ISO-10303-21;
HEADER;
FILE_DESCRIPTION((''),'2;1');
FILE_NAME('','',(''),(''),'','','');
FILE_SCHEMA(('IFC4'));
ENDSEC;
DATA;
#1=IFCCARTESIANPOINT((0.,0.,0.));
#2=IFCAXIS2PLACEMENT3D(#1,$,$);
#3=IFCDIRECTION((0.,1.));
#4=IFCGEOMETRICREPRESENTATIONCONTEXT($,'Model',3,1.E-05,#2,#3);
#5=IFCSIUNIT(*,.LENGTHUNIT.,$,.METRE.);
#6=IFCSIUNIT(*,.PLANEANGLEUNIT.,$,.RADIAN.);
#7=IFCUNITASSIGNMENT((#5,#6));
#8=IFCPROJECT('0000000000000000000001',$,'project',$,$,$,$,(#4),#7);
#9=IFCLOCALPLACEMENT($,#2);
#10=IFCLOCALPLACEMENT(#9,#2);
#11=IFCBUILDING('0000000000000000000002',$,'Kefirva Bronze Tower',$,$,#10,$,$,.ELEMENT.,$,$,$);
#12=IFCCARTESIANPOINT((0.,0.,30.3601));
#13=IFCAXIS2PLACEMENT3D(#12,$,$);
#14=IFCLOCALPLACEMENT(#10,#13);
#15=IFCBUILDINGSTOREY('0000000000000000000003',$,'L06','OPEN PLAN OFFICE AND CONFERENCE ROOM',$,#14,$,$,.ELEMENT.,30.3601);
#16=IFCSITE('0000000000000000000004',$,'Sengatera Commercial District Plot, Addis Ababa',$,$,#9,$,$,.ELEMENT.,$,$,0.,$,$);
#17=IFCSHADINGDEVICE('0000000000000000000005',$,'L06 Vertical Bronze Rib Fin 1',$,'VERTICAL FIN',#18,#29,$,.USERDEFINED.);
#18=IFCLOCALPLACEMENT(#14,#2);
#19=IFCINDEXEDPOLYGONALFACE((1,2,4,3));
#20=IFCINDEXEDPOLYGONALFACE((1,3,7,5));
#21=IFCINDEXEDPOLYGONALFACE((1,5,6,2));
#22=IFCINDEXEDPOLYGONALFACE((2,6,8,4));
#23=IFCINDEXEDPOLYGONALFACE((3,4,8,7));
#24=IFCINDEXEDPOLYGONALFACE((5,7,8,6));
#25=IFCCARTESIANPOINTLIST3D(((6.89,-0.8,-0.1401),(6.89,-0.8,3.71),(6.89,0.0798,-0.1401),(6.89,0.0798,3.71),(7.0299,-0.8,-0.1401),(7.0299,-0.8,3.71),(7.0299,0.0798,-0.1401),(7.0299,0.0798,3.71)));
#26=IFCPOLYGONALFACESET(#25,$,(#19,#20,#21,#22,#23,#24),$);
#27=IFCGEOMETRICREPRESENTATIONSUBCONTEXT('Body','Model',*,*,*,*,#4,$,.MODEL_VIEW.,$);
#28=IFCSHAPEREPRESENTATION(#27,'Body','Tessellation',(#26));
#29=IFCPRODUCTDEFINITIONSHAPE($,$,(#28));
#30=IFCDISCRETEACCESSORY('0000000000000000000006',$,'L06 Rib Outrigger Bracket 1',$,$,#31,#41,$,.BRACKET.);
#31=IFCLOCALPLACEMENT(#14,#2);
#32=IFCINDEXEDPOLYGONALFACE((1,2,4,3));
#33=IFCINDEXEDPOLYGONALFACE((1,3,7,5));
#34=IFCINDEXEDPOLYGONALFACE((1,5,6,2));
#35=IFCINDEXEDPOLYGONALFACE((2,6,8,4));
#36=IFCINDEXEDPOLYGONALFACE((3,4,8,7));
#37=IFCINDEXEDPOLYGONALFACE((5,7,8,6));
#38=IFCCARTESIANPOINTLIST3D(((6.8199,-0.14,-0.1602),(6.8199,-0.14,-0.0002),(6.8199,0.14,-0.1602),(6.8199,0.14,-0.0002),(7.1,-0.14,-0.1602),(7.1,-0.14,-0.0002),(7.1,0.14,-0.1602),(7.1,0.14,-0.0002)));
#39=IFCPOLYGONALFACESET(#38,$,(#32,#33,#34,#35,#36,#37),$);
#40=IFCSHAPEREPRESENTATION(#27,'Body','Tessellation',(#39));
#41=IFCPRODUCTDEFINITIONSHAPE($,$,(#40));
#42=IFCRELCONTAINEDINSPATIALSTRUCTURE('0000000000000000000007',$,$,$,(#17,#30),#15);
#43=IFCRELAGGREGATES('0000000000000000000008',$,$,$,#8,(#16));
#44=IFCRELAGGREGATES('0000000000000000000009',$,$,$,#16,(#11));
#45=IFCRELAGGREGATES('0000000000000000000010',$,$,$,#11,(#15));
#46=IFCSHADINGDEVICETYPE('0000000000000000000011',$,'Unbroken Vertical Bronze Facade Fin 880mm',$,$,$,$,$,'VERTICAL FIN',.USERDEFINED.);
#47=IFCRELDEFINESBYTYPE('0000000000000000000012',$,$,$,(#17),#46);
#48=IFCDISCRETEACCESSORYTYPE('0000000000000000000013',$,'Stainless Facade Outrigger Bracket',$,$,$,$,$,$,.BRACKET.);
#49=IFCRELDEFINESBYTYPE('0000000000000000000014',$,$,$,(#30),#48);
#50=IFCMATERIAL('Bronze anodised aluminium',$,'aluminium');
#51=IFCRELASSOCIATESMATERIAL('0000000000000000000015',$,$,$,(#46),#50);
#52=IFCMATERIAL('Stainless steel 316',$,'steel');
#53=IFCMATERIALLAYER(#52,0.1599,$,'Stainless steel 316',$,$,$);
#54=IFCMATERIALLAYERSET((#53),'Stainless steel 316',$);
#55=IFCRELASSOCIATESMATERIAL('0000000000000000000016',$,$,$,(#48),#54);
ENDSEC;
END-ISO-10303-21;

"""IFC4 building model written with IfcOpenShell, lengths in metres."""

from ifc_helpers import new_model, si_unit, direction, frame, origin, origin_2d, place, context, subcontext, project, spatial, rectangle, extrude, material, layer, layer_set, material_profile, profile_set, type_object, element, save


model = new_model("IFC4")

# Units and contexts
model_context = context("Model", 3, precision=1e-05, world=origin(), true_north=direction((0.0, 1.0)))
body_context = subcontext(model_context, "Body", "Model", "MODEL_VIEW")
ifc_project = project(units=[si_unit("LENGTHUNIT", "METRE"), si_unit("PLANEANGLEUNIT", "RADIAN")], contexts=[model_context])

# Site, building, storey
site_placement = place(None, origin())
site = spatial("IfcSite", under=ifc_project, at=site_placement, Name="Sengatera Commercial District Plot, Addis Ababa", CompositionType="ELEMENT", RefElevation=0.0)
building_placement = place(site_placement, origin())
building = spatial("IfcBuilding", under=site, at=building_placement, Name="Kefirva Bronze Tower", CompositionType="ELEMENT")
storey_placement = place(building_placement, frame((0.0, 0.0, 30.3601)))
storey = spatial("IfcBuildingStorey", under=building, at=storey_placement, Name="L06", Description="OPEN PLAN OFFICE AND CONFERENCE ROOM", CompositionType="ELEMENT", Elevation=30.3601)

# Shared definitions
ifc_material_1 = material(Name="Bronze anodised aluminium", Category="aluminium")

# Shading device
ifc_material_profile_1 = material_profile(ifc_material_1, rectangle(XDim=0.1399, YDim=0.8799, at=origin_2d()), Name="BRONZE FIN 140x880")
ifc_profile_set_1 = profile_set([ifc_material_profile_1], Name="Bronze anodised aluminium")
shading_device_type_1 = type_object("IfcShadingDeviceType", Name="Unbroken Vertical Bronze Facade Fin 880mm", ElementType="VERTICAL FIN", PredefinedType="USERDEFINED", material=ifc_profile_set_1)
shading_device_1_placement = place(storey_placement, frame((6.96, -0.3601, -0.1401), z_axis=(0.0, 0.0, 1.0), x_axis=(1.0, 0.0, 0.0)))
element("IfcShadingDevice", 1, at=shading_device_1_placement, inside=storey, type_object=shading_device_type_1, Name="L06 Vertical Bronze Rib Fin 1", ObjectType="VERTICAL FIN", PredefinedType="USERDEFINED", context=body_context, shape_type="SweptSolid", body=[
    extrude(rectangle(XDim=0.1399, YDim=0.8799, at=origin_2d()), origin(), (0.0, 0.0, 1.0), 3.8501),
])

# Discrete accessory
ifc_material_2 = material(Name="Stainless steel 316", Category="steel")
ifc_layer_1 = layer(ifc_material_2, 0.1599, Name="Stainless steel 316")
ifc_layer_set_1 = layer_set([ifc_layer_1], Name="Stainless steel 316")
discrete_accessory_type = type_object("IfcDiscreteAccessoryType", Name="Stainless Facade Outrigger Bracket", PredefinedType="BRACKET", material=ifc_layer_set_1)
discrete_accessory_placement = place(storey_placement, frame((6.96, 0.0, -0.1602), z_axis=(0.0, 0.0, 1.0), x_axis=(1.0, 0.0, 0.0)))
element("IfcDiscreteAccessory", 2, at=discrete_accessory_placement, inside=storey, type_object=discrete_accessory_type, Name="L06 Rib Outrigger Bracket 1", PredefinedType="BRACKET", context=body_context, shape_type="SweptSolid", body=[
    extrude(rectangle(XDim=0.28, YDim=0.28, at=origin_2d()), origin(), (0.0, 0.0, 1.0), 0.1599),
])

save(model, "model.ifc")
